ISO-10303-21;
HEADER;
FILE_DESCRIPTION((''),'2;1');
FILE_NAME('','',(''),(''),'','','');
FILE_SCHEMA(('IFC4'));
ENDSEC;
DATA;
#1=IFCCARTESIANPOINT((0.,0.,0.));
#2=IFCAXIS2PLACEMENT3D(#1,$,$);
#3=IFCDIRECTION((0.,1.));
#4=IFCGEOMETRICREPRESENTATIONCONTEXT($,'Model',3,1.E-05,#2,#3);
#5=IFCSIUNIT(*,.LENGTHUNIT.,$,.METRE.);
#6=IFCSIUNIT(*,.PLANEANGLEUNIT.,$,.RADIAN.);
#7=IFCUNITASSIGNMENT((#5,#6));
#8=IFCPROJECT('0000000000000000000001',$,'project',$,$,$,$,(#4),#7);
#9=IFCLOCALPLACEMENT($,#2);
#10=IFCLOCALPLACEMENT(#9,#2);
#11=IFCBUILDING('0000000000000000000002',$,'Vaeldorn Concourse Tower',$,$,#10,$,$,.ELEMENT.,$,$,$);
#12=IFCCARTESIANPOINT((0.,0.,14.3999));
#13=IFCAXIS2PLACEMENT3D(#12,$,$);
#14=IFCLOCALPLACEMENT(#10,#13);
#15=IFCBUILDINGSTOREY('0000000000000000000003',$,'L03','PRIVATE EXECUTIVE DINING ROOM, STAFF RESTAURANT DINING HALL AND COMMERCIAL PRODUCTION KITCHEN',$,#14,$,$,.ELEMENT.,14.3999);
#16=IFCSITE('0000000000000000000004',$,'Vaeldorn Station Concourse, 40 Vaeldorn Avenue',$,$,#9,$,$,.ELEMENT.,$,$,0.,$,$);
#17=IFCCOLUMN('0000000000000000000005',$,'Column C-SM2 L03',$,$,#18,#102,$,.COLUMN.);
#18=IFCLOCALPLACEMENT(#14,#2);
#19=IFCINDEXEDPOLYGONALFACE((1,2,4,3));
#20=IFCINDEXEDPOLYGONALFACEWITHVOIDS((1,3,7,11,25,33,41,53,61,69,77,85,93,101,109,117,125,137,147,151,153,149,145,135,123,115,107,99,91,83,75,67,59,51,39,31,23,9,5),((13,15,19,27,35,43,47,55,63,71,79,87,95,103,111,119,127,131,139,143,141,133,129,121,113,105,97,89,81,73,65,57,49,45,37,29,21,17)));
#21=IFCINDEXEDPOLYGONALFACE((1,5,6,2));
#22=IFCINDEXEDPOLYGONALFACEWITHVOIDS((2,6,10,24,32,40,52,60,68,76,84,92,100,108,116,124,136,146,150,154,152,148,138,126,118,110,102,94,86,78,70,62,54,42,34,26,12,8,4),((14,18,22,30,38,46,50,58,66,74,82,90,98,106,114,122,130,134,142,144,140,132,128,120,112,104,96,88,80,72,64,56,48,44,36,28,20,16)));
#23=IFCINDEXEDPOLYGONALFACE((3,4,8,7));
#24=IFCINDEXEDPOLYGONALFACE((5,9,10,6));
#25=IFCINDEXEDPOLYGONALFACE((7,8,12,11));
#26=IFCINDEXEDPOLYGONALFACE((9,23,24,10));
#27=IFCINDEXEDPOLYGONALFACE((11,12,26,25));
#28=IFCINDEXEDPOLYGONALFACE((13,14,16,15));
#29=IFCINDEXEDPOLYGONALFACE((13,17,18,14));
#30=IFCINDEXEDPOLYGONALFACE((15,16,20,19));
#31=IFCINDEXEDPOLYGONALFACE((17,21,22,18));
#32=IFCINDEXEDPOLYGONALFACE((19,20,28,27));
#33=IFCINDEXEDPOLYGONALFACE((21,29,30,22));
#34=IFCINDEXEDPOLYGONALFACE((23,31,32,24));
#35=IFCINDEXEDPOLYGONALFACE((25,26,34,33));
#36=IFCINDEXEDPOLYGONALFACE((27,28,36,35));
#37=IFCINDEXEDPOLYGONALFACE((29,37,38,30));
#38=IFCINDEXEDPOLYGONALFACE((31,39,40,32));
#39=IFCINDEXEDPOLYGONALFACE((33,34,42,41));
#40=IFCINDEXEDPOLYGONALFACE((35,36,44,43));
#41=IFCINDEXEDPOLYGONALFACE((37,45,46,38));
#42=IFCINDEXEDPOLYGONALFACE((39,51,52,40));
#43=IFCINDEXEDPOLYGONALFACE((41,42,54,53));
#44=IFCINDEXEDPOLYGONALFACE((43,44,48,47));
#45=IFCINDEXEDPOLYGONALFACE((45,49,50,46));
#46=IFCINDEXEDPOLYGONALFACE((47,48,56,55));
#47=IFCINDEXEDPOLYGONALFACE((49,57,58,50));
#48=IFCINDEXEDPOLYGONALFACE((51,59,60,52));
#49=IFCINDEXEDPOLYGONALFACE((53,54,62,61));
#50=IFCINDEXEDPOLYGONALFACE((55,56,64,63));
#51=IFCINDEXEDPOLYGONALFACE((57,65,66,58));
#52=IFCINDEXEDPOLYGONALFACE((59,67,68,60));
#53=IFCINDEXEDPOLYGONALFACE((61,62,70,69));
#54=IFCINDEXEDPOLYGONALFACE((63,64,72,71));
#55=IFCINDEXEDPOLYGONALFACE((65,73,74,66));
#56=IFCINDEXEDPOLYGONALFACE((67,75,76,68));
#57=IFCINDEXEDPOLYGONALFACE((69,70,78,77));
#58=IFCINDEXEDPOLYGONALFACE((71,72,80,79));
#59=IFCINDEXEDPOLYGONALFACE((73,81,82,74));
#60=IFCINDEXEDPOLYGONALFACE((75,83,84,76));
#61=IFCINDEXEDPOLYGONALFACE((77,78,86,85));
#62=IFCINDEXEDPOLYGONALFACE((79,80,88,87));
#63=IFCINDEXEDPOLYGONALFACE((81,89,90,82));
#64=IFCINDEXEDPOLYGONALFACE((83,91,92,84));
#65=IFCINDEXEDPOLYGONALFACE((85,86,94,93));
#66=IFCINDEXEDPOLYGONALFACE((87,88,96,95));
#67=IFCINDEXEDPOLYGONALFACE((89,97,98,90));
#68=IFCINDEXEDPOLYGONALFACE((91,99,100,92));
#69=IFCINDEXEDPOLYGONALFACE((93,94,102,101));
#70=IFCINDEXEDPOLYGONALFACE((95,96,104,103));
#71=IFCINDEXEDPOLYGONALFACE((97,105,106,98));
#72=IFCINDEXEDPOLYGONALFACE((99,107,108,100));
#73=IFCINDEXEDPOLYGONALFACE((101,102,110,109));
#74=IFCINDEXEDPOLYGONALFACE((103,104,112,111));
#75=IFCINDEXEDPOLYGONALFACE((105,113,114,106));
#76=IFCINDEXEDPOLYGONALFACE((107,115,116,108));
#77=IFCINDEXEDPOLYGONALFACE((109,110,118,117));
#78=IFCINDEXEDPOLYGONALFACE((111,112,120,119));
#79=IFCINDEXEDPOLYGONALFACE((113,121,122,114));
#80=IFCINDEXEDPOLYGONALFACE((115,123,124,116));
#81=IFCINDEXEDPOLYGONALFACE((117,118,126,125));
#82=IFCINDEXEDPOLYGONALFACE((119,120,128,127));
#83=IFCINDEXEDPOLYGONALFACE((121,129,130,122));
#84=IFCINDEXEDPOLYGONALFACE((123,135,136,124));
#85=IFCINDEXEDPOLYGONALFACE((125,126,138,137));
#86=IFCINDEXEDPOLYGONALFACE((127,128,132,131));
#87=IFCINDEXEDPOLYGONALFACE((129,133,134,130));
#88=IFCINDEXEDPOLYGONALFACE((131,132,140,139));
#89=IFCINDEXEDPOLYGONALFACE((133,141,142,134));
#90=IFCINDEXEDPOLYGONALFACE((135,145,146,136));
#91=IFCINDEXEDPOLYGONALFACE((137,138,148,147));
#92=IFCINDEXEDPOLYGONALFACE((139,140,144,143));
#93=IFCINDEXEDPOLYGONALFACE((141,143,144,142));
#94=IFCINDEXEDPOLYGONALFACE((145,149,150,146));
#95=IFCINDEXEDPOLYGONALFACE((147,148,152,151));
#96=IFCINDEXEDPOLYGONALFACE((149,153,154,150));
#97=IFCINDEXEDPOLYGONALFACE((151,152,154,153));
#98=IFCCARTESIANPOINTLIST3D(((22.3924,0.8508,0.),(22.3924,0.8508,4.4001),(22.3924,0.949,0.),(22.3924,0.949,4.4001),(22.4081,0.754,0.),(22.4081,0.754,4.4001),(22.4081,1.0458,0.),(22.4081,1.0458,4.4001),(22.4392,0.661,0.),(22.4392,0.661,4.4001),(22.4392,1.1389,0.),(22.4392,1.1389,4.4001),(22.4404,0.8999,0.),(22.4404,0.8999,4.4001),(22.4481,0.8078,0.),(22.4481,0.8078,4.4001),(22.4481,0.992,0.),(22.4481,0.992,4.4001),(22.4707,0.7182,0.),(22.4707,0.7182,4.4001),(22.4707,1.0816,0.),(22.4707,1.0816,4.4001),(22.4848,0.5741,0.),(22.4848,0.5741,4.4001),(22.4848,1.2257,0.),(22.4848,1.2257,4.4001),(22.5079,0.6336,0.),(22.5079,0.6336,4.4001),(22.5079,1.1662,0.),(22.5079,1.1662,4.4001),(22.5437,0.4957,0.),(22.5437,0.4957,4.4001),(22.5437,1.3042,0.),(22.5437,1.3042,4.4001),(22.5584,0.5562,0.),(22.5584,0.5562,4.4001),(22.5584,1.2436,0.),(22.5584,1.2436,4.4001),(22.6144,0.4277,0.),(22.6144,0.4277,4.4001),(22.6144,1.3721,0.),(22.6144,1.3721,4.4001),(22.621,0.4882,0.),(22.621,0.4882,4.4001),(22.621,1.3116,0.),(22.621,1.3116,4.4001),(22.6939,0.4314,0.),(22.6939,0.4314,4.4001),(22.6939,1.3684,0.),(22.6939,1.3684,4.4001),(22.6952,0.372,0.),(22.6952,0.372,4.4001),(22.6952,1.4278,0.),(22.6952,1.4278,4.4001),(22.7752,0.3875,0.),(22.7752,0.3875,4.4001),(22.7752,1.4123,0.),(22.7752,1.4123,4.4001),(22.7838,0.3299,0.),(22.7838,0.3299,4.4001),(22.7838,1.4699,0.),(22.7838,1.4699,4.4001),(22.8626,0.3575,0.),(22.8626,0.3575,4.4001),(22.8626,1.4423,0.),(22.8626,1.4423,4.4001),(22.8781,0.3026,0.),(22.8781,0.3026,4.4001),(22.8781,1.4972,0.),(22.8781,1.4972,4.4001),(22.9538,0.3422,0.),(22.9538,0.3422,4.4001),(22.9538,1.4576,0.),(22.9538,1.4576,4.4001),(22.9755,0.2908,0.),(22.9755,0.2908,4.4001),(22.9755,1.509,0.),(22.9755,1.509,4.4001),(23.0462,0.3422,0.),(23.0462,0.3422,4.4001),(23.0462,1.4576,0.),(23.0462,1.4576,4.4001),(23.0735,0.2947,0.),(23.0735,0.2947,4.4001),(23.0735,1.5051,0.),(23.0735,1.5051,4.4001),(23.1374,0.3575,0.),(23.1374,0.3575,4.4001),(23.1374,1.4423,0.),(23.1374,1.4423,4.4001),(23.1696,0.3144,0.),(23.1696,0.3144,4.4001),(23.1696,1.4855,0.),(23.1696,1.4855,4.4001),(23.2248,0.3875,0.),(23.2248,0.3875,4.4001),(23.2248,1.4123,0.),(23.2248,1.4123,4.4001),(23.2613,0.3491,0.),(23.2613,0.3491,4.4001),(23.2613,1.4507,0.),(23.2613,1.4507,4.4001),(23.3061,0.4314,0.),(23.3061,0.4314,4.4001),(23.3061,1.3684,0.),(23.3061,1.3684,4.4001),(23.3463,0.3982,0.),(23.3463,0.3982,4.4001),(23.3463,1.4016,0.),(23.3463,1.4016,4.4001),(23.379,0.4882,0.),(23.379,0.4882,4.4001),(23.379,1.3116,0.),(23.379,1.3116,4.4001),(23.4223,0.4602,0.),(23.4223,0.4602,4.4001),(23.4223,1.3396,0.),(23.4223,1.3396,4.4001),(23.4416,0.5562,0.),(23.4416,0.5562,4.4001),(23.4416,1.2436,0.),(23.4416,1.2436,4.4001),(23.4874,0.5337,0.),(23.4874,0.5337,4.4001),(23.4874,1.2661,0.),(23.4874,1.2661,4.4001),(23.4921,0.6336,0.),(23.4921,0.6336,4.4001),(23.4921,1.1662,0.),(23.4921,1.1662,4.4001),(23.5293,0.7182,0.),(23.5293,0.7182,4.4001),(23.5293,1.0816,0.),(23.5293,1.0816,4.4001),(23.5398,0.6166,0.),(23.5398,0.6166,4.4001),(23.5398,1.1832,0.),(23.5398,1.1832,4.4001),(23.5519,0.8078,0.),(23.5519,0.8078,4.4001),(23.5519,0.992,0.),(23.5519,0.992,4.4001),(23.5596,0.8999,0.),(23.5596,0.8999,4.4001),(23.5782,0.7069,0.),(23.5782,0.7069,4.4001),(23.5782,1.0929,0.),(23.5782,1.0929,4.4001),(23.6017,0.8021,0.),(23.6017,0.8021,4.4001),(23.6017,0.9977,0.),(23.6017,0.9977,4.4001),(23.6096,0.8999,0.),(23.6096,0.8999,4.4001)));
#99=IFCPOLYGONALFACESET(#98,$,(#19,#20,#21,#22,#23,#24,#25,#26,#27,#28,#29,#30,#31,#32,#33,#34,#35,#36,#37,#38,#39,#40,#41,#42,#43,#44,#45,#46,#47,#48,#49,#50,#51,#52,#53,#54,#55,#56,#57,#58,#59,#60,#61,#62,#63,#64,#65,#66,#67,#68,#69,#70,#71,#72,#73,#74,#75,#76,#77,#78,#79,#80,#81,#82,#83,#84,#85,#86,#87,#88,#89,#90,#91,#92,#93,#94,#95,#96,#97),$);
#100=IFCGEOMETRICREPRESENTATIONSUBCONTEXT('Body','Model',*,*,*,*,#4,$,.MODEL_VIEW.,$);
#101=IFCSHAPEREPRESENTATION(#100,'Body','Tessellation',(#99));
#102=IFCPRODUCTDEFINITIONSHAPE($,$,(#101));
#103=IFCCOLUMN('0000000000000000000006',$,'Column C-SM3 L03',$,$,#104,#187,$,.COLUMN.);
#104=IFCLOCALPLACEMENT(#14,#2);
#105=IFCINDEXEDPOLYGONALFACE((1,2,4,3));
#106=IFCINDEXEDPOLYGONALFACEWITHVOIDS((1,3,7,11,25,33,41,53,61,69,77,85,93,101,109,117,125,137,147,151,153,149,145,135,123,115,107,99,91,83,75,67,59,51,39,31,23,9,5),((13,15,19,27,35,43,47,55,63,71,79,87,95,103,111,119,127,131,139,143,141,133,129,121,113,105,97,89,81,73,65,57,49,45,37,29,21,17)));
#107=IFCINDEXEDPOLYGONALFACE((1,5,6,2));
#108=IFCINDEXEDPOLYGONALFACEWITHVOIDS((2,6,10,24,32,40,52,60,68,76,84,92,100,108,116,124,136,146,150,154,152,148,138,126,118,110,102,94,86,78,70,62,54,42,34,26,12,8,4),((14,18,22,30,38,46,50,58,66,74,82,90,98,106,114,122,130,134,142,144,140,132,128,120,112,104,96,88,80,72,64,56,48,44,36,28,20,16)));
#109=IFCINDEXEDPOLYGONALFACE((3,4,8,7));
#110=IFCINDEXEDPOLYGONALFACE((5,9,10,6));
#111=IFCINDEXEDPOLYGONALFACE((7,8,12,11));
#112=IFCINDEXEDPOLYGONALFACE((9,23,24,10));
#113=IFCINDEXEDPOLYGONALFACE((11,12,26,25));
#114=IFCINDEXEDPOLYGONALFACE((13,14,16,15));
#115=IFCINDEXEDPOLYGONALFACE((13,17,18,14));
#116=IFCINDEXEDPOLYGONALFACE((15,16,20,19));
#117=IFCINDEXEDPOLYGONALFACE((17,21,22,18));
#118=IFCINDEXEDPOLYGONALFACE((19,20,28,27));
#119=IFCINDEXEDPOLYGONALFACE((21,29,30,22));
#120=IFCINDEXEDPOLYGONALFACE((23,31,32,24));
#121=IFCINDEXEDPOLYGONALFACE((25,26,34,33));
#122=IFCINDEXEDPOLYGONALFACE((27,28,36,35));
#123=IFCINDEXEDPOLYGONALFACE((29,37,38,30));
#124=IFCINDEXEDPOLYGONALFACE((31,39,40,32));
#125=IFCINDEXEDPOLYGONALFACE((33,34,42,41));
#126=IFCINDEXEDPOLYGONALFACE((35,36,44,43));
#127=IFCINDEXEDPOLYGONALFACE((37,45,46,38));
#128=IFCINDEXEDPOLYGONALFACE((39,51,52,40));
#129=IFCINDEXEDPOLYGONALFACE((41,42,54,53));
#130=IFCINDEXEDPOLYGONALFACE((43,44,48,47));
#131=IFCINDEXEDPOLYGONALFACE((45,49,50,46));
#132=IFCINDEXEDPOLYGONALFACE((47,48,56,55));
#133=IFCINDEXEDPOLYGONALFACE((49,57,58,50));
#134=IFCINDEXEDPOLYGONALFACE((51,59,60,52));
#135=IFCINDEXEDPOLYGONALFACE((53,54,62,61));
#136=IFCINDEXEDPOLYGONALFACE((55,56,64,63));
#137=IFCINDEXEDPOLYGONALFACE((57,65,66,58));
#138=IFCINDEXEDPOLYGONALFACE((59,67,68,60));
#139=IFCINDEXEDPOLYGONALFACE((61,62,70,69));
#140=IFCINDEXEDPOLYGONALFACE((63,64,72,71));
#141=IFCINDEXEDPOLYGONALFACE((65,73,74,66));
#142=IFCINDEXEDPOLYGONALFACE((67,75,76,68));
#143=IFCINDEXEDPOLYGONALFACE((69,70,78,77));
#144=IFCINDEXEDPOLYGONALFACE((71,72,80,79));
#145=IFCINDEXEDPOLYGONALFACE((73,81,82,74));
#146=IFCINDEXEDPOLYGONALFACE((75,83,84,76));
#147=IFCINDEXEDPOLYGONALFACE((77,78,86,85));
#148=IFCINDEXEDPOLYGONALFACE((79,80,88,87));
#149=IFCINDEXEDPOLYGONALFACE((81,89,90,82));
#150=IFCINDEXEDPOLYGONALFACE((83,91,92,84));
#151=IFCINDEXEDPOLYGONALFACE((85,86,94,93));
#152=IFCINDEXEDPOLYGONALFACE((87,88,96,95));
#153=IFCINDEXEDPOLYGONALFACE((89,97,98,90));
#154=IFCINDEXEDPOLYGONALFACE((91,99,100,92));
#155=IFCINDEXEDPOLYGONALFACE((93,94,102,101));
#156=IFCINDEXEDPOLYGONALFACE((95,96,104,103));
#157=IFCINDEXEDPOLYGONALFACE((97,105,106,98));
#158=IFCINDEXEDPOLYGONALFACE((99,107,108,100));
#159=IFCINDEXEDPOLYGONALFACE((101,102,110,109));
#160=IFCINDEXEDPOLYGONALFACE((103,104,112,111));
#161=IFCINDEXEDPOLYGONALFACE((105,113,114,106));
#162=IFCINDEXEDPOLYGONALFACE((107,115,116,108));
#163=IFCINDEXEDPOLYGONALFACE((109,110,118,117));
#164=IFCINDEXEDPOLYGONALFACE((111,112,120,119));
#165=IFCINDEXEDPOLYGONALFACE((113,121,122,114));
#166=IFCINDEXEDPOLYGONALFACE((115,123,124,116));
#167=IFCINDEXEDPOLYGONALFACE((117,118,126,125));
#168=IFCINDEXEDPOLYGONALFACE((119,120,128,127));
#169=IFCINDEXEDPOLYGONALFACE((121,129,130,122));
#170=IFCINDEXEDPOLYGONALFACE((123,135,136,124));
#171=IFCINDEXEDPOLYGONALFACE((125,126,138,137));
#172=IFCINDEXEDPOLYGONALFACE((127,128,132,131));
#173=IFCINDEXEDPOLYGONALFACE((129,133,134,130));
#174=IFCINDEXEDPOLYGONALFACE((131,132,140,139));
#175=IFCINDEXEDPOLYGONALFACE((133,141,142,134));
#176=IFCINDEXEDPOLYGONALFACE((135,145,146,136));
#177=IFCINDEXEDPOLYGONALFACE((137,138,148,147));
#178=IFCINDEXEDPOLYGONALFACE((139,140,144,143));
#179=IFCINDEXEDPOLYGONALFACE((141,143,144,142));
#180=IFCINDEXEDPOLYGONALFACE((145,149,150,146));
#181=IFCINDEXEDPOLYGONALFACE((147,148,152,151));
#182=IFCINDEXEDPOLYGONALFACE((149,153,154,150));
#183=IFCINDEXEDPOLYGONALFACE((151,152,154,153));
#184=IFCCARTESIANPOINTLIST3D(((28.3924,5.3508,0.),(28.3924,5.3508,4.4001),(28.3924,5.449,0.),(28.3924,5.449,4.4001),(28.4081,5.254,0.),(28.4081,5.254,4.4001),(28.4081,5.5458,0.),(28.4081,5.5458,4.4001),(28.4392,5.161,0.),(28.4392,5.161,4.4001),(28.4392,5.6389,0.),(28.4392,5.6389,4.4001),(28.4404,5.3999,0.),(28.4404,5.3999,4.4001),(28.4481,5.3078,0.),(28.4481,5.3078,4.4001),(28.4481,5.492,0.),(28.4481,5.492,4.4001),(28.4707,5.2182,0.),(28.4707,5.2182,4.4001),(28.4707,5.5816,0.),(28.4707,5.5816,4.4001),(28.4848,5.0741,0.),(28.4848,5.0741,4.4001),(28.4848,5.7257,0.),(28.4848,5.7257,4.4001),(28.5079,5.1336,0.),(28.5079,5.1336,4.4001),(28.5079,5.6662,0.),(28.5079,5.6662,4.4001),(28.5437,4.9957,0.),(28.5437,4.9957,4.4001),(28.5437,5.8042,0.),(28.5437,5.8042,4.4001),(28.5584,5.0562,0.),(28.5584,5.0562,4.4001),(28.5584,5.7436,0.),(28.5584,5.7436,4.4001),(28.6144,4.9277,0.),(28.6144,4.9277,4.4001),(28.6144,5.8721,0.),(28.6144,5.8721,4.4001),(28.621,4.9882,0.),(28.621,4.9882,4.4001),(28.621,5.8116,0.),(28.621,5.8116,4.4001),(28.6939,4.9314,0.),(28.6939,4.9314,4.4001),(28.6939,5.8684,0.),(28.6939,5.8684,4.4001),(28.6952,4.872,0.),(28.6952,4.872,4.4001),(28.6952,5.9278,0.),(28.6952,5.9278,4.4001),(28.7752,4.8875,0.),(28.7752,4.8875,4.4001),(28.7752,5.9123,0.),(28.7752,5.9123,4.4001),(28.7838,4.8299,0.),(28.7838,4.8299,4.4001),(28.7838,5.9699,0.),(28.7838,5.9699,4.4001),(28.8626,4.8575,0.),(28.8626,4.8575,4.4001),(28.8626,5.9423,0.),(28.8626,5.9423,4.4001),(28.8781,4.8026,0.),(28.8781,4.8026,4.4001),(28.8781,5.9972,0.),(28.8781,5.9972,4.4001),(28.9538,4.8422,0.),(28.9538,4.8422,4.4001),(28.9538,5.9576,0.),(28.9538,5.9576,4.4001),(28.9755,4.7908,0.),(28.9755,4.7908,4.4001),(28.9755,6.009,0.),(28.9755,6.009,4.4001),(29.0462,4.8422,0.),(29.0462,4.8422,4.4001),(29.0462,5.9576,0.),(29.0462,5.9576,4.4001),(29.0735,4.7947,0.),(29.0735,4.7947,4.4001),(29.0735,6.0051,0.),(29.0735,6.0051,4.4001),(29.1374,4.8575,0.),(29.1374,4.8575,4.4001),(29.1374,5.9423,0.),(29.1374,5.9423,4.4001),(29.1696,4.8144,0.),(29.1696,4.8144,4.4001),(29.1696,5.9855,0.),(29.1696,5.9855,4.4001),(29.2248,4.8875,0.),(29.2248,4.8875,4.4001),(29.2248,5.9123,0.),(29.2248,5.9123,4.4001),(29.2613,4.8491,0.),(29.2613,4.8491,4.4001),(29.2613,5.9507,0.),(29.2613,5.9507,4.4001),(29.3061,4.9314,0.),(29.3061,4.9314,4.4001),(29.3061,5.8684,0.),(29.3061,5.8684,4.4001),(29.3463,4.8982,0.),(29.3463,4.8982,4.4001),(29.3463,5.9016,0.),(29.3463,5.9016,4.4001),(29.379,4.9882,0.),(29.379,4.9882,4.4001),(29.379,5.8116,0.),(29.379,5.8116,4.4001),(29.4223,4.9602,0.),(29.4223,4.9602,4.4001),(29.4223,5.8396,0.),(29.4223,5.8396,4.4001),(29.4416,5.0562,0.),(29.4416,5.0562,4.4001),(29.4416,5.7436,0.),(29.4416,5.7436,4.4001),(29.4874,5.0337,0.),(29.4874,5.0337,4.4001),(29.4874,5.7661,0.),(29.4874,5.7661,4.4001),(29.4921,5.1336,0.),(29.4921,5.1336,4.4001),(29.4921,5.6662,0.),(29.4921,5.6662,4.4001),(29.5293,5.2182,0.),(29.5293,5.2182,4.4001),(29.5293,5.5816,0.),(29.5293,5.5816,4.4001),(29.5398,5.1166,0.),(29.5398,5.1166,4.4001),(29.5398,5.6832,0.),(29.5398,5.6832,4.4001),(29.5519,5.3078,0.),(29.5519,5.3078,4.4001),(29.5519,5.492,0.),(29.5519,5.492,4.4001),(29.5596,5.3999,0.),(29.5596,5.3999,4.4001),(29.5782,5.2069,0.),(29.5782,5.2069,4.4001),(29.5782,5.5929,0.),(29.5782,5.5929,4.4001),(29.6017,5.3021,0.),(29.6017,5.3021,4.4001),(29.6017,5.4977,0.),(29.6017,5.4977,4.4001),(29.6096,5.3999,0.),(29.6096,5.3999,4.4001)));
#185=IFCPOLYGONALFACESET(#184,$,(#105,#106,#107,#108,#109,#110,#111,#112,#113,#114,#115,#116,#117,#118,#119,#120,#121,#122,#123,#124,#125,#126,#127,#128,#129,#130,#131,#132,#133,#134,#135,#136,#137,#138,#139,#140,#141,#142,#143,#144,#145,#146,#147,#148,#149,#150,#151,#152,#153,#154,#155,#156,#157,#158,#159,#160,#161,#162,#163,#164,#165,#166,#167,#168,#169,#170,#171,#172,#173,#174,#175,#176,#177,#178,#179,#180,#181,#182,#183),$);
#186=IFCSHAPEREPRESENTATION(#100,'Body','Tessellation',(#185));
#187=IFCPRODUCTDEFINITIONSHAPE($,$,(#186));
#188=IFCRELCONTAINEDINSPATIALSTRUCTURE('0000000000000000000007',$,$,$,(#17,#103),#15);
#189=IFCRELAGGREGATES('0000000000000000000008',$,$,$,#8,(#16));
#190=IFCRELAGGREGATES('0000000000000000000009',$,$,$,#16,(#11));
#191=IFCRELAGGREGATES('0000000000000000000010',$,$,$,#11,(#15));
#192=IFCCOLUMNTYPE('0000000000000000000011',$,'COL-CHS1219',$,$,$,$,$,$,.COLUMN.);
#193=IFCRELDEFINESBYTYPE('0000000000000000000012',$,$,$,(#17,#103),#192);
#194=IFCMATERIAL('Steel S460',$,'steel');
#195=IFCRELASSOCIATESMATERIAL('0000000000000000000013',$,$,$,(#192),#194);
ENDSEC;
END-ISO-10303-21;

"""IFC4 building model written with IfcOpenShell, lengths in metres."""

from ifc_helpers import new_model, si_unit, direction, frame, origin, origin_2d, place, context, subcontext, project, spatial, hollow_circle, extrude, source, transform, mapped, material, material_profile, profile_set, type_object, element, save


model = new_model("IFC4")

# Units and contexts
model_context = context("Model", 3, precision=1e-05, world=origin(), true_north=direction((0.0, 1.0)))
body_context = subcontext(model_context, "Body", "Model", "MODEL_VIEW")
ifc_project = project(units=[si_unit("LENGTHUNIT", "METRE"), si_unit("PLANEANGLEUNIT", "RADIAN")], contexts=[model_context])

# Site, building, storey
site_placement = place(None, origin())
site = spatial("IfcSite", under=ifc_project, at=site_placement, Name="Vaeldorn Station Concourse, 40 Vaeldorn Avenue", CompositionType="ELEMENT", RefElevation=0.0)
building_placement = place(site_placement, origin())
building = spatial("IfcBuilding", under=site, at=building_placement, Name="Vaeldorn Concourse Tower", CompositionType="ELEMENT")
storey_placement = place(building_placement, frame((0.0, 0.0, 14.3999)))
storey = spatial("IfcBuildingStorey", under=building, at=storey_placement, Name="L03", Description="PRIVATE EXECUTIVE DINING ROOM, STAFF RESTAURANT DINING HALL AND COMMERCIAL PRODUCTION KITCHEN", CompositionType="ELEMENT", Elevation=14.3999)

# Columns
ifc_material_1 = material(Name="Steel S460", Category="steel")
ifc_material_profile_1 = material_profile(ifc_material_1, hollow_circle(Radius=0.6096, WallThickness=0.05, at=origin_2d()), Name="CHS 1219x50")
ifc_profile_set_1 = profile_set([ifc_material_profile_1], Name="Steel S460")
column_type = type_object("IfcColumnType", Name="COL-CHS1219", PredefinedType="COLUMN", material=ifc_profile_set_1)
shared_shape_1 = source(origin(), body_context, "Body", "SweptSolid", [
    extrude(hollow_circle(Radius=0.6096, WallThickness=0.05, at=origin_2d()), origin(), (0.0, 0.0, 1.0), 4.4001),
])
for number, where, z_axis, x_axis, name in (
    (1, (23.0, 0.8999, 0.0), (0.0, 0.0, 1.0), (1.0, 0.0, 0.0), "Column C-SM2 L03"),
    (2, (29.0, 5.3999, 0.0), (0.0, 0.0, 1.0), (1.0, 0.0, 0.0), "Column C-SM3 L03"),
):
    element("IfcColumn", number, at=place(storey_placement, frame(where, z_axis=z_axis, x_axis=x_axis)), inside=storey, type_object=column_type, Name=name, PredefinedType="COLUMN", context=body_context, shape_type="MappedRepresentation", body=[
        mapped(shared_shape_1, transform((0.0, 0.0, 0.0), scale=1.0)),
    ])

save(model, "model.ifc")
